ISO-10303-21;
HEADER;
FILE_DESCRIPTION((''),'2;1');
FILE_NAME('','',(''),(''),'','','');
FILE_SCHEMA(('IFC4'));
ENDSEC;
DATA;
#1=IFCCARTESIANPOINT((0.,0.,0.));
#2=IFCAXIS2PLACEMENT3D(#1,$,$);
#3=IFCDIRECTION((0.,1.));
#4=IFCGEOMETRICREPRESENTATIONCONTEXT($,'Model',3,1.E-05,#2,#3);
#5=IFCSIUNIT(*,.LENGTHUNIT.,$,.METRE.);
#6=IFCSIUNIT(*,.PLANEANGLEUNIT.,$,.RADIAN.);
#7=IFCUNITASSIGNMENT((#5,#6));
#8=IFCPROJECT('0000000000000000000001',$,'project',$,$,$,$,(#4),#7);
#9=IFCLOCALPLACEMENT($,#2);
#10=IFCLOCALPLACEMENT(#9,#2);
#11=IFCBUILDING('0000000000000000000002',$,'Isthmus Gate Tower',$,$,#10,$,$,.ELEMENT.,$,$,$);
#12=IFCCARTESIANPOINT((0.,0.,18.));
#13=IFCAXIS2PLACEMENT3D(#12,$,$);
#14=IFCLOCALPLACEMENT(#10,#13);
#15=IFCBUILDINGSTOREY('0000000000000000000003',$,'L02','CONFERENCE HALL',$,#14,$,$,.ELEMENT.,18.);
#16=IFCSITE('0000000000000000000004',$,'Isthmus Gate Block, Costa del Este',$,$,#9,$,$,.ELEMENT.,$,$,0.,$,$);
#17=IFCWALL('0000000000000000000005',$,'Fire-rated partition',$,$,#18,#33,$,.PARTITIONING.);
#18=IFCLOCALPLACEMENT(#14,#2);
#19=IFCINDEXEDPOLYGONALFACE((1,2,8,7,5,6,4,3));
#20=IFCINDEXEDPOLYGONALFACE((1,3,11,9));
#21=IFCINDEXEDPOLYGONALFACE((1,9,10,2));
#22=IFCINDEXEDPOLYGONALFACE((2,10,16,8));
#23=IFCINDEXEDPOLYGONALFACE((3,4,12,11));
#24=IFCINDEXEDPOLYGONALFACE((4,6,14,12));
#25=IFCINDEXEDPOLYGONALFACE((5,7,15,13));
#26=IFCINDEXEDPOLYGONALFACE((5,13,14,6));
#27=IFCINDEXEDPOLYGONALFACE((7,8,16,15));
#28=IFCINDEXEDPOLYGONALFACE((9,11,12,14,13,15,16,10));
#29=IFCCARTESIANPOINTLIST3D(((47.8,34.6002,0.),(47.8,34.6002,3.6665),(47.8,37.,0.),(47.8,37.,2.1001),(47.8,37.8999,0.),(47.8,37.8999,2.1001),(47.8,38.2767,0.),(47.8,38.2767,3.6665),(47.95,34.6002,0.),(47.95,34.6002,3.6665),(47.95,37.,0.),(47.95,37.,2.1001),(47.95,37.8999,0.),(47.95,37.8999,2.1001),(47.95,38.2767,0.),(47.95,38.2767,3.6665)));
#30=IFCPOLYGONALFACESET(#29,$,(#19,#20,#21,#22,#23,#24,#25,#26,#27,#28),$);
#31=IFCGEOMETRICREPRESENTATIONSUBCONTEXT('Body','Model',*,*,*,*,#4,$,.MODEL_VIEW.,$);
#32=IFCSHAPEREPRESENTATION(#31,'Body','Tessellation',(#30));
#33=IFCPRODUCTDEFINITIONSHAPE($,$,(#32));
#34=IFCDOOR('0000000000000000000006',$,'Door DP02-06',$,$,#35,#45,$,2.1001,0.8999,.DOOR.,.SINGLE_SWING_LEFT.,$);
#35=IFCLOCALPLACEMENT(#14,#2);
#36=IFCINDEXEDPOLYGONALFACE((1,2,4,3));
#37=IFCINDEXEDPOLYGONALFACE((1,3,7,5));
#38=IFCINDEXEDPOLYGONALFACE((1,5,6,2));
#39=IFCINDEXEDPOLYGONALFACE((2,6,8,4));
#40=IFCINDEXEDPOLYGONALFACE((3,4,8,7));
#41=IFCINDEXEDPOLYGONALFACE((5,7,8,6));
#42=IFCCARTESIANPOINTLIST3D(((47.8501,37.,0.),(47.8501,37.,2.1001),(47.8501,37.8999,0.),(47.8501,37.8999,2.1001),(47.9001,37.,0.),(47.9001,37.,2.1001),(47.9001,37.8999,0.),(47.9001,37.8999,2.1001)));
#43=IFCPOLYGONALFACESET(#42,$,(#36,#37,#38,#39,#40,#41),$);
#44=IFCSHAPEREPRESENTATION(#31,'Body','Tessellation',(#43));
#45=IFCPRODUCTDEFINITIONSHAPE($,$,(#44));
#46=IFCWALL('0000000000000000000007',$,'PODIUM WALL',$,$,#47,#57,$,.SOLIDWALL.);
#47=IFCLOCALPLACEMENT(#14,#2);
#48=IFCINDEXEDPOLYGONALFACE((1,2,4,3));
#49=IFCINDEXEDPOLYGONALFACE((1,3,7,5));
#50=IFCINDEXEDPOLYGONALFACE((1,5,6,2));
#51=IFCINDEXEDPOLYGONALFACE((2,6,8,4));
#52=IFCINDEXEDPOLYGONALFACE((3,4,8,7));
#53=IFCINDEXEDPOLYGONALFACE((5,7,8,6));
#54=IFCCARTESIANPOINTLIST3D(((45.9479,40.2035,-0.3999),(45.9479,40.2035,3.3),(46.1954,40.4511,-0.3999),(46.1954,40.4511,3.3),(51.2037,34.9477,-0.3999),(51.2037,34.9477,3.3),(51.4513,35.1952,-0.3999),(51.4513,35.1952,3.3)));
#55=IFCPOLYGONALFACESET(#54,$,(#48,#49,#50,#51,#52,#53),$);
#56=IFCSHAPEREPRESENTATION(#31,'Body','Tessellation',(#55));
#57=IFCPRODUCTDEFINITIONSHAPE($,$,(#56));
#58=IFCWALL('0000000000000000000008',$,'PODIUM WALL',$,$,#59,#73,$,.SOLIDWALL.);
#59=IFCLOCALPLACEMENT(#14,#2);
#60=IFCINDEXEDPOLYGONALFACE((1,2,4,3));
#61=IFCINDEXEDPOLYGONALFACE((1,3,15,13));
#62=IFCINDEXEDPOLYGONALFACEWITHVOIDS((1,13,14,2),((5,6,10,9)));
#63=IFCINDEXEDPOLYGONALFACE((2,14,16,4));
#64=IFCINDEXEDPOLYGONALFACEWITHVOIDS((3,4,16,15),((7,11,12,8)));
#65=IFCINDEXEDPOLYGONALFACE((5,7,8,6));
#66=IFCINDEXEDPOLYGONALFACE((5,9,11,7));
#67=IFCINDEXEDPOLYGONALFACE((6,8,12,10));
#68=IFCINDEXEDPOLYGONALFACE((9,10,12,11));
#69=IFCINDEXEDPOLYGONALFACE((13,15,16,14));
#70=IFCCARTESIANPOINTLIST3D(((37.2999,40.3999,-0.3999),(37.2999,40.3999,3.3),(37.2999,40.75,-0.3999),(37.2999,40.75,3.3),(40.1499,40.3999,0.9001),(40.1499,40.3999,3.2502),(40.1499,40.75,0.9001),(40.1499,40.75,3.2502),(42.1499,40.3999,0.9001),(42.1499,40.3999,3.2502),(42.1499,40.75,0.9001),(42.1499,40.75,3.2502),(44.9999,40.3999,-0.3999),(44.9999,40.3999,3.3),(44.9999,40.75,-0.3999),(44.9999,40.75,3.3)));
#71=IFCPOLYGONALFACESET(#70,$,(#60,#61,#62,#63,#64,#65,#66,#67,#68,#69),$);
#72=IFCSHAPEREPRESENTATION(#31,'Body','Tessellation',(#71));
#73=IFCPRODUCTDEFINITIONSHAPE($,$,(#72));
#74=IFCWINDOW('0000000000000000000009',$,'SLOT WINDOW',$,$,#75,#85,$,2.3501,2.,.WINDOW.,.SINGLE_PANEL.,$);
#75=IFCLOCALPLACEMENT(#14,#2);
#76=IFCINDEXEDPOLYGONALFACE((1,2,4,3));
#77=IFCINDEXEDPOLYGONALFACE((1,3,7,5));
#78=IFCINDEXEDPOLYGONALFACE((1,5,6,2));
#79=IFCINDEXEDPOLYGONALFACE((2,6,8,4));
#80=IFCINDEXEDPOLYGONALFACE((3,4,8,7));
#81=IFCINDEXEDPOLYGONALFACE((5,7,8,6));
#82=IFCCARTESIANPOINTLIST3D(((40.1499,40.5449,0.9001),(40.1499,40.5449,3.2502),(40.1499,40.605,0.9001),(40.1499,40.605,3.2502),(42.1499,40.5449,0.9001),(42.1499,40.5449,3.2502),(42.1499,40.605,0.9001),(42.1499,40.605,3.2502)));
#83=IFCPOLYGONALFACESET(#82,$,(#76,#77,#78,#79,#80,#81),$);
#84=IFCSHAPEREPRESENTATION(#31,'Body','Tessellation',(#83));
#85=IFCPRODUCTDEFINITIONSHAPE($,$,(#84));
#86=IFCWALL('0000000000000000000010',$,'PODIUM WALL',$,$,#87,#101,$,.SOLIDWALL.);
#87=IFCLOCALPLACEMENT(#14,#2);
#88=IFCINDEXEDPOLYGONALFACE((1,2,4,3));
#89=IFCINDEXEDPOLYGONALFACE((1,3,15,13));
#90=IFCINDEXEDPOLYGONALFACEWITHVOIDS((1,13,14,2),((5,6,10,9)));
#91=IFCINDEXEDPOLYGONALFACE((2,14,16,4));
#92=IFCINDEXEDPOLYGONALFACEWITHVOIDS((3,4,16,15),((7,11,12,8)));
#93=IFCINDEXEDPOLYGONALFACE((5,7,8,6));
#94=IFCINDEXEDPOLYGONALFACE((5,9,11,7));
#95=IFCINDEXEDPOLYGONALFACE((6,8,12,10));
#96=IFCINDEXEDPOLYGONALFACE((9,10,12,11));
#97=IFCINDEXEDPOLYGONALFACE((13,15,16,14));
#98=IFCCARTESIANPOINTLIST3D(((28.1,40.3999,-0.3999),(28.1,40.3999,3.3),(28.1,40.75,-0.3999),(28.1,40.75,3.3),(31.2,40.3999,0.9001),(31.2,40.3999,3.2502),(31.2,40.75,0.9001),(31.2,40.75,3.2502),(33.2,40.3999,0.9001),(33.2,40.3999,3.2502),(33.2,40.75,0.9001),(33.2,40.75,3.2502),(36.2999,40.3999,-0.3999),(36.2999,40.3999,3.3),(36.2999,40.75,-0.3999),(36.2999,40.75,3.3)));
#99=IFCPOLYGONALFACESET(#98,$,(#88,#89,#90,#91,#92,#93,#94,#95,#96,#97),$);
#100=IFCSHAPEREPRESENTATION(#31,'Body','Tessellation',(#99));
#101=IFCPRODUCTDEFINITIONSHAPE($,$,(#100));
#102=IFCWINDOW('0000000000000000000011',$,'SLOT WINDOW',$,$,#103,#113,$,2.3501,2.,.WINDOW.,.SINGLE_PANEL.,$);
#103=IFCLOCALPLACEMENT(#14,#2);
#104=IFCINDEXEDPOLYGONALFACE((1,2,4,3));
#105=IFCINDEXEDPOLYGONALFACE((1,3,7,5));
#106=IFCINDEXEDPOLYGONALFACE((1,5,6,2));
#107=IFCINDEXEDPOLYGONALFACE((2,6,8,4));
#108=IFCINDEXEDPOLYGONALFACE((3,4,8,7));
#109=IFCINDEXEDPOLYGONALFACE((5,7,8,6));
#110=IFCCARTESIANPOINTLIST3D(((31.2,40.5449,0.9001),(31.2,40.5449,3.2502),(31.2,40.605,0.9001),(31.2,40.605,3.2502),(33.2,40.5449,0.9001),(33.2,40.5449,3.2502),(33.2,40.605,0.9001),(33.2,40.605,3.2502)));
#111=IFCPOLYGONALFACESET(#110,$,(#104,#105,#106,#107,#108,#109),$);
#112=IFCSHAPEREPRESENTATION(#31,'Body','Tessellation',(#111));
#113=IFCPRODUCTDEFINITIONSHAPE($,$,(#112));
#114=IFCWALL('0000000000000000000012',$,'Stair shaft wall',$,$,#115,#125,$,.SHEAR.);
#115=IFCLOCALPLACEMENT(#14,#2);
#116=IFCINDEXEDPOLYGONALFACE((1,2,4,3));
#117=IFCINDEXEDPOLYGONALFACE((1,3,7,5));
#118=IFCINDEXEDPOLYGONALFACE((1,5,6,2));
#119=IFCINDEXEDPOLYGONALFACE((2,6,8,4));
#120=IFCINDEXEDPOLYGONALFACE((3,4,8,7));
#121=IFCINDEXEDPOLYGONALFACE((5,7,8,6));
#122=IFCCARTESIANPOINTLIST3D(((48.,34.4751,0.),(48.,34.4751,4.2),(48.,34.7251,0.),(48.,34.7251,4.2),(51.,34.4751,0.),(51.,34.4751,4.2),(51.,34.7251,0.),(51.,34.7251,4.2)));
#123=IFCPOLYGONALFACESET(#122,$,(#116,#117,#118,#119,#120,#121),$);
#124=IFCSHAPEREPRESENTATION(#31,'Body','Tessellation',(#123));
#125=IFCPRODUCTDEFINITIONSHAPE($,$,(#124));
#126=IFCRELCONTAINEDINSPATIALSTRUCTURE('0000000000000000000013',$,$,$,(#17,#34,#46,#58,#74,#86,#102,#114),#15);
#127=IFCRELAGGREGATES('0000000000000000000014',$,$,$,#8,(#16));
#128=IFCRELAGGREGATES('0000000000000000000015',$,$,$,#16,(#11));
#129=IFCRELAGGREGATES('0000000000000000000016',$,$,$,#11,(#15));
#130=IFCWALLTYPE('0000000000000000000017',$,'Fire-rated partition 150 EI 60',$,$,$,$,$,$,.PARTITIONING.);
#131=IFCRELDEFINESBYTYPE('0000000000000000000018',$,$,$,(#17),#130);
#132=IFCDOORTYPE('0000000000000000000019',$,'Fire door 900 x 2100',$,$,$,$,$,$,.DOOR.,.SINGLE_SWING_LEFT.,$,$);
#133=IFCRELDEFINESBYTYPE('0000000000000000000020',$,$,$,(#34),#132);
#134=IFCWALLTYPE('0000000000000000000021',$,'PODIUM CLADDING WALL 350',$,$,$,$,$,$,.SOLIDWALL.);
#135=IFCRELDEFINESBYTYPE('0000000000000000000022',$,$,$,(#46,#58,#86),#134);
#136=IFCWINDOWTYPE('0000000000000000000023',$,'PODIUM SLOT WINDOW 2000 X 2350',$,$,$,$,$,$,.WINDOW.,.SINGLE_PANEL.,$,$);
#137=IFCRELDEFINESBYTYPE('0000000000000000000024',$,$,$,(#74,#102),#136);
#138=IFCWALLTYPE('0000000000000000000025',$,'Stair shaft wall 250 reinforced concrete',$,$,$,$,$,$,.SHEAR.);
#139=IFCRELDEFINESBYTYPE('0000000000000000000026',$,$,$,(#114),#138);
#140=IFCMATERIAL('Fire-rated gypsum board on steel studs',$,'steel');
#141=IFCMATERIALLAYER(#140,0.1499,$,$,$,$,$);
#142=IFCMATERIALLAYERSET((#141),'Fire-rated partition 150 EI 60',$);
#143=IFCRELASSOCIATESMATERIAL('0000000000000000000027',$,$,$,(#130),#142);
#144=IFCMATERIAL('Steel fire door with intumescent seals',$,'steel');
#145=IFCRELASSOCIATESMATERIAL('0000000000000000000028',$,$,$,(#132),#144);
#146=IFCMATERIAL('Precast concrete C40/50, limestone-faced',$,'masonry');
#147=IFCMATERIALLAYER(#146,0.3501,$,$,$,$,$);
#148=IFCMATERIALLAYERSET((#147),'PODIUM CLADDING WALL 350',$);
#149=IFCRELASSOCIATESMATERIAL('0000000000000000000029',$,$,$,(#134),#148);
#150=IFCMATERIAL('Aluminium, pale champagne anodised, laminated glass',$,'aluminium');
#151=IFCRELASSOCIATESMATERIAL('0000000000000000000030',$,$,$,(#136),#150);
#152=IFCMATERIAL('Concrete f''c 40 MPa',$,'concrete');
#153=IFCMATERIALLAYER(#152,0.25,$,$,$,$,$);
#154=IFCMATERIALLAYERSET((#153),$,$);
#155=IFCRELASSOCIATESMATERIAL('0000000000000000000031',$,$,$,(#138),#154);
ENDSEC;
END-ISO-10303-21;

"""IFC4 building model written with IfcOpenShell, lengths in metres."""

from ifc_helpers import new_model, si_unit, direction, frame, frame_2d, origin, place, context, subcontext, project, spatial, rectangle, extrude, material, layer, layer_set, type_object, element, fill, save


model = new_model("IFC4")

# Units and contexts
model_context = context("Model", 3, precision=1e-05, world=origin(), true_north=direction((0.0, 1.0)))
body_context = subcontext(model_context, "Body", "Model", "MODEL_VIEW")
ifc_project = project(units=[si_unit("LENGTHUNIT", "METRE"), si_unit("PLANEANGLEUNIT", "RADIAN")], contexts=[model_context])

# Site, building, storey
site_placement = place(None, origin())
site = spatial("IfcSite", under=ifc_project, at=site_placement, Name="Isthmus Gate Block, Costa del Este", CompositionType="ELEMENT", RefElevation=0.0)
building_placement = place(site_placement, origin())
building = spatial("IfcBuilding", under=site, at=building_placement, Name="Isthmus Gate Tower", CompositionType="ELEMENT")
storey_placement = place(building_placement, frame((0.0, 0.0, 18.0)))
storey = spatial("IfcBuildingStorey", under=building, at=storey_placement, Name="L02", Description="CONFERENCE HALL", CompositionType="ELEMENT", Elevation=18.0)

# Shared definitions
ifc_material_1 = material(Name="Fire-rated gypsum board on steel studs", Category="steel")
ifc_layer_1 = layer(ifc_material_1, 0.1499)
ifc_layer_set_1 = layer_set([ifc_layer_1], Name="Fire-rated partition 150 EI 60")
wall_type_1 = type_object("IfcWallType", Name="Fire-rated partition 150 EI 60", PredefinedType="PARTITIONING", material=ifc_layer_set_1)

# Wall, opening, door
wall_1_placement = place(storey_placement, frame((47.875, 34.6001, 0.0), z_axis=(0.0, 0.0, 1.0), x_axis=(0.0, 1.0, 0.0)))
wall_1 = element("IfcWall", 1, at=wall_1_placement, inside=storey, type_object=wall_type_1, Name="Fire-rated partition", PredefinedType="PARTITIONING", context=body_context, shape_type="SweptSolid", body=[
    extrude(rectangle(XDim=3.6765, YDim=0.1499, at=frame_2d((1.8384, 0.0))), origin(), (0.0, 0.0, 1.0), 3.6665),
])
opening_1_placement = place(wall_1_placement, frame((2.3999, 0.0, 0.0)))
opening_1 = element("IfcOpeningElement", 2, at=opening_1_placement, cuts=wall_1, PredefinedType="OPENING", context=body_context, shape_type="SweptSolid", body=[
    extrude(rectangle(XDim=0.8999, YDim=2.1001, at=frame_2d((0.45, 1.05))), frame((0.0, 0.085, 0.0), z_axis=(0.0, -1.0, 0.0), x_axis=(1.0, 0.0, 0.0)), (0.0, 0.0, 1.0), 0.1699),
])
ifc_material_2 = material(Name="Steel fire door with intumescent seals", Category="steel")
door_type = type_object("IfcDoorType", Name="Fire door 900 x 2100", OperationType="SINGLE_SWING_LEFT", PredefinedType="DOOR", material=ifc_material_2)
door_placement = place(opening_1_placement, origin())
door = element("IfcDoor", 3, at=door_placement, inside=storey, type_object=door_type, Name="Door DP02-06", OperationType="SINGLE_SWING_LEFT", OverallHeight=2.1001, OverallWidth=0.8999, PredefinedType="DOOR", context=body_context, shape_type="SweptSolid", body=[
    extrude(rectangle(XDim=0.8999, YDim=2.1001, at=frame_2d((0.45, 1.05))), frame((0.0, 0.0249, 0.0), z_axis=(0.0, -1.0, 0.0), x_axis=(1.0, 0.0, 0.0)), (0.0, 0.0, 1.0), 0.05),
])
fill(opening_1, door)

# Wall
ifc_material_3 = material(Name="Precast concrete C40/50, limestone-faced", Category="masonry")
ifc_layer_2 = layer(ifc_material_3, 0.3501)
ifc_layer_set_2 = layer_set([ifc_layer_2], Name="PODIUM CLADDING WALL 350")
wall_type_2 = type_object("IfcWallType", Name="PODIUM CLADDING WALL 350", PredefinedType="SOLIDWALL", material=ifc_layer_set_2)
wall_2_placement = place(storey_placement, frame((51.3274, 35.0715, -0.3999), z_axis=(0.0, 0.0, 1.0), x_axis=(-0.707107, 0.707107, 0.0)))
element("IfcWall", 4, at=wall_2_placement, inside=storey, type_object=wall_type_2, Name="PODIUM WALL", PredefinedType="SOLIDWALL", context=body_context, shape_type="SweptSolid", body=[
    extrude(rectangle(XDim=7.4329, YDim=0.3501, at=frame_2d((3.7163, 0.0))), origin(), (0.0, 0.0, 1.0), 3.7),
])

# Walls, openings, windows
wall_3_placement = place(storey_placement, frame((45.0, 40.575, -0.3999), z_axis=(0.0, 0.0, 1.0), x_axis=(-1.0, 0.0, 0.0)))
wall_3 = element("IfcWall", 5, at=wall_3_placement, inside=storey, type_object=wall_type_2, Name="PODIUM WALL", PredefinedType="SOLIDWALL", context=body_context, shape_type="SweptSolid", body=[
    extrude(rectangle(XDim=7.7, YDim=0.3501, at=frame_2d((3.8501, 0.0))), origin(), (0.0, 0.0, 1.0), 3.7),
])
opening_2_placement = place(wall_3_placement, frame((2.8501, 0.0, 1.3)))
opening_2 = element("IfcOpeningElement", 6, at=opening_2_placement, cuts=wall_3, PredefinedType="OPENING", context=body_context, shape_type="SweptSolid", body=[
    extrude(rectangle(XDim=2.0, YDim=2.3501, at=frame_2d((1.0, 1.175))), frame((0.0, 0.1851, 0.0), z_axis=(0.0, -1.0, 0.0), x_axis=(1.0, 0.0, 0.0)), (0.0, 0.0, 1.0), 0.3701),
])
ifc_material_4 = material(Name="Aluminium, pale champagne anodised, laminated glass", Category="aluminium")
window_type = type_object("IfcWindowType", Name="PODIUM SLOT WINDOW 2000 X 2350", PartitioningType="SINGLE_PANEL", PredefinedType="WINDOW", material=ifc_material_4)
window_1_placement = place(opening_2_placement, origin())
window_1 = element("IfcWindow", 7, at=window_1_placement, inside=storey, type_object=window_type, Name="SLOT WINDOW", OverallHeight=2.3501, OverallWidth=2.0, PartitioningType="SINGLE_PANEL", PredefinedType="WINDOW", context=body_context, shape_type="SweptSolid", body=[
    extrude(rectangle(XDim=2.0, YDim=2.3501, at=frame_2d((1.0, 1.175))), frame((0.0, 0.03, 0.0), z_axis=(0.0, -1.0, 0.0), x_axis=(1.0, 0.0, 0.0)), (0.0, 0.0, 1.0), 0.0601),
])
fill(opening_2, window_1)
wall_4_placement = place(storey_placement, frame((36.3, 40.575, -0.3999), z_axis=(0.0, 0.0, 1.0), x_axis=(-1.0, 0.0, 0.0)))
wall_4 = element("IfcWall", 8, at=wall_4_placement, inside=storey, type_object=wall_type_2, Name="PODIUM WALL", PredefinedType="SOLIDWALL", context=body_context, shape_type="SweptSolid", body=[
    extrude(rectangle(XDim=8.2, YDim=0.3501, at=frame_2d((4.1001, 0.0))), origin(), (0.0, 0.0, 1.0), 3.7),
])
opening_3_placement = place(wall_4_placement, frame((3.1001, 0.0, 1.3)))
opening_3 = element("IfcOpeningElement", 9, at=opening_3_placement, cuts=wall_4, PredefinedType="OPENING", context=body_context, shape_type="SweptSolid", body=[
    extrude(rectangle(XDim=2.0, YDim=2.3501, at=frame_2d((1.0, 1.175))), frame((0.0, 0.1851, 0.0), z_axis=(0.0, -1.0, 0.0), x_axis=(1.0, 0.0, 0.0)), (0.0, 0.0, 1.0), 0.3701),
])
window_2_placement = place(opening_3_placement, origin())
window_2 = element("IfcWindow", 10, at=window_2_placement, inside=storey, type_object=window_type, Name="SLOT WINDOW", OverallHeight=2.3501, OverallWidth=2.0, PartitioningType="SINGLE_PANEL", PredefinedType="WINDOW", context=body_context, shape_type="SweptSolid", body=[
    extrude(rectangle(XDim=2.0, YDim=2.3501, at=frame_2d((1.0, 1.175))), frame((0.0, 0.03, 0.0), z_axis=(0.0, -1.0, 0.0), x_axis=(1.0, 0.0, 0.0)), (0.0, 0.0, 1.0), 0.0601),
])
fill(opening_3, window_2)

# Wall
ifc_material_5 = material(Name="Concrete f'c 40 MPa", Category="concrete")
ifc_layer_3 = layer(ifc_material_5, 0.25)
ifc_layer_set_3 = layer_set([ifc_layer_3])
wall_type_3 = type_object("IfcWallType", Name="Stair shaft wall 250 reinforced concrete", PredefinedType="SHEAR", material=ifc_layer_set_3)
wall_5_placement = place(storey_placement, frame((48.0, 34.6001, 0.0), z_axis=(0.0, 0.0, 1.0), x_axis=(1.0, 0.0, 0.0)))
element("IfcWall", 11, at=wall_5_placement, inside=storey, type_object=wall_type_3, Name="Stair shaft wall", PredefinedType="SHEAR", context=body_context, shape_type="SweptSolid", body=[
    extrude(rectangle(XDim=3.0, YDim=0.25, at=frame_2d((1.5, 0.0))), origin(), (0.0, 0.0, 1.0), 4.2),
])

save(model, "model.ifc")
